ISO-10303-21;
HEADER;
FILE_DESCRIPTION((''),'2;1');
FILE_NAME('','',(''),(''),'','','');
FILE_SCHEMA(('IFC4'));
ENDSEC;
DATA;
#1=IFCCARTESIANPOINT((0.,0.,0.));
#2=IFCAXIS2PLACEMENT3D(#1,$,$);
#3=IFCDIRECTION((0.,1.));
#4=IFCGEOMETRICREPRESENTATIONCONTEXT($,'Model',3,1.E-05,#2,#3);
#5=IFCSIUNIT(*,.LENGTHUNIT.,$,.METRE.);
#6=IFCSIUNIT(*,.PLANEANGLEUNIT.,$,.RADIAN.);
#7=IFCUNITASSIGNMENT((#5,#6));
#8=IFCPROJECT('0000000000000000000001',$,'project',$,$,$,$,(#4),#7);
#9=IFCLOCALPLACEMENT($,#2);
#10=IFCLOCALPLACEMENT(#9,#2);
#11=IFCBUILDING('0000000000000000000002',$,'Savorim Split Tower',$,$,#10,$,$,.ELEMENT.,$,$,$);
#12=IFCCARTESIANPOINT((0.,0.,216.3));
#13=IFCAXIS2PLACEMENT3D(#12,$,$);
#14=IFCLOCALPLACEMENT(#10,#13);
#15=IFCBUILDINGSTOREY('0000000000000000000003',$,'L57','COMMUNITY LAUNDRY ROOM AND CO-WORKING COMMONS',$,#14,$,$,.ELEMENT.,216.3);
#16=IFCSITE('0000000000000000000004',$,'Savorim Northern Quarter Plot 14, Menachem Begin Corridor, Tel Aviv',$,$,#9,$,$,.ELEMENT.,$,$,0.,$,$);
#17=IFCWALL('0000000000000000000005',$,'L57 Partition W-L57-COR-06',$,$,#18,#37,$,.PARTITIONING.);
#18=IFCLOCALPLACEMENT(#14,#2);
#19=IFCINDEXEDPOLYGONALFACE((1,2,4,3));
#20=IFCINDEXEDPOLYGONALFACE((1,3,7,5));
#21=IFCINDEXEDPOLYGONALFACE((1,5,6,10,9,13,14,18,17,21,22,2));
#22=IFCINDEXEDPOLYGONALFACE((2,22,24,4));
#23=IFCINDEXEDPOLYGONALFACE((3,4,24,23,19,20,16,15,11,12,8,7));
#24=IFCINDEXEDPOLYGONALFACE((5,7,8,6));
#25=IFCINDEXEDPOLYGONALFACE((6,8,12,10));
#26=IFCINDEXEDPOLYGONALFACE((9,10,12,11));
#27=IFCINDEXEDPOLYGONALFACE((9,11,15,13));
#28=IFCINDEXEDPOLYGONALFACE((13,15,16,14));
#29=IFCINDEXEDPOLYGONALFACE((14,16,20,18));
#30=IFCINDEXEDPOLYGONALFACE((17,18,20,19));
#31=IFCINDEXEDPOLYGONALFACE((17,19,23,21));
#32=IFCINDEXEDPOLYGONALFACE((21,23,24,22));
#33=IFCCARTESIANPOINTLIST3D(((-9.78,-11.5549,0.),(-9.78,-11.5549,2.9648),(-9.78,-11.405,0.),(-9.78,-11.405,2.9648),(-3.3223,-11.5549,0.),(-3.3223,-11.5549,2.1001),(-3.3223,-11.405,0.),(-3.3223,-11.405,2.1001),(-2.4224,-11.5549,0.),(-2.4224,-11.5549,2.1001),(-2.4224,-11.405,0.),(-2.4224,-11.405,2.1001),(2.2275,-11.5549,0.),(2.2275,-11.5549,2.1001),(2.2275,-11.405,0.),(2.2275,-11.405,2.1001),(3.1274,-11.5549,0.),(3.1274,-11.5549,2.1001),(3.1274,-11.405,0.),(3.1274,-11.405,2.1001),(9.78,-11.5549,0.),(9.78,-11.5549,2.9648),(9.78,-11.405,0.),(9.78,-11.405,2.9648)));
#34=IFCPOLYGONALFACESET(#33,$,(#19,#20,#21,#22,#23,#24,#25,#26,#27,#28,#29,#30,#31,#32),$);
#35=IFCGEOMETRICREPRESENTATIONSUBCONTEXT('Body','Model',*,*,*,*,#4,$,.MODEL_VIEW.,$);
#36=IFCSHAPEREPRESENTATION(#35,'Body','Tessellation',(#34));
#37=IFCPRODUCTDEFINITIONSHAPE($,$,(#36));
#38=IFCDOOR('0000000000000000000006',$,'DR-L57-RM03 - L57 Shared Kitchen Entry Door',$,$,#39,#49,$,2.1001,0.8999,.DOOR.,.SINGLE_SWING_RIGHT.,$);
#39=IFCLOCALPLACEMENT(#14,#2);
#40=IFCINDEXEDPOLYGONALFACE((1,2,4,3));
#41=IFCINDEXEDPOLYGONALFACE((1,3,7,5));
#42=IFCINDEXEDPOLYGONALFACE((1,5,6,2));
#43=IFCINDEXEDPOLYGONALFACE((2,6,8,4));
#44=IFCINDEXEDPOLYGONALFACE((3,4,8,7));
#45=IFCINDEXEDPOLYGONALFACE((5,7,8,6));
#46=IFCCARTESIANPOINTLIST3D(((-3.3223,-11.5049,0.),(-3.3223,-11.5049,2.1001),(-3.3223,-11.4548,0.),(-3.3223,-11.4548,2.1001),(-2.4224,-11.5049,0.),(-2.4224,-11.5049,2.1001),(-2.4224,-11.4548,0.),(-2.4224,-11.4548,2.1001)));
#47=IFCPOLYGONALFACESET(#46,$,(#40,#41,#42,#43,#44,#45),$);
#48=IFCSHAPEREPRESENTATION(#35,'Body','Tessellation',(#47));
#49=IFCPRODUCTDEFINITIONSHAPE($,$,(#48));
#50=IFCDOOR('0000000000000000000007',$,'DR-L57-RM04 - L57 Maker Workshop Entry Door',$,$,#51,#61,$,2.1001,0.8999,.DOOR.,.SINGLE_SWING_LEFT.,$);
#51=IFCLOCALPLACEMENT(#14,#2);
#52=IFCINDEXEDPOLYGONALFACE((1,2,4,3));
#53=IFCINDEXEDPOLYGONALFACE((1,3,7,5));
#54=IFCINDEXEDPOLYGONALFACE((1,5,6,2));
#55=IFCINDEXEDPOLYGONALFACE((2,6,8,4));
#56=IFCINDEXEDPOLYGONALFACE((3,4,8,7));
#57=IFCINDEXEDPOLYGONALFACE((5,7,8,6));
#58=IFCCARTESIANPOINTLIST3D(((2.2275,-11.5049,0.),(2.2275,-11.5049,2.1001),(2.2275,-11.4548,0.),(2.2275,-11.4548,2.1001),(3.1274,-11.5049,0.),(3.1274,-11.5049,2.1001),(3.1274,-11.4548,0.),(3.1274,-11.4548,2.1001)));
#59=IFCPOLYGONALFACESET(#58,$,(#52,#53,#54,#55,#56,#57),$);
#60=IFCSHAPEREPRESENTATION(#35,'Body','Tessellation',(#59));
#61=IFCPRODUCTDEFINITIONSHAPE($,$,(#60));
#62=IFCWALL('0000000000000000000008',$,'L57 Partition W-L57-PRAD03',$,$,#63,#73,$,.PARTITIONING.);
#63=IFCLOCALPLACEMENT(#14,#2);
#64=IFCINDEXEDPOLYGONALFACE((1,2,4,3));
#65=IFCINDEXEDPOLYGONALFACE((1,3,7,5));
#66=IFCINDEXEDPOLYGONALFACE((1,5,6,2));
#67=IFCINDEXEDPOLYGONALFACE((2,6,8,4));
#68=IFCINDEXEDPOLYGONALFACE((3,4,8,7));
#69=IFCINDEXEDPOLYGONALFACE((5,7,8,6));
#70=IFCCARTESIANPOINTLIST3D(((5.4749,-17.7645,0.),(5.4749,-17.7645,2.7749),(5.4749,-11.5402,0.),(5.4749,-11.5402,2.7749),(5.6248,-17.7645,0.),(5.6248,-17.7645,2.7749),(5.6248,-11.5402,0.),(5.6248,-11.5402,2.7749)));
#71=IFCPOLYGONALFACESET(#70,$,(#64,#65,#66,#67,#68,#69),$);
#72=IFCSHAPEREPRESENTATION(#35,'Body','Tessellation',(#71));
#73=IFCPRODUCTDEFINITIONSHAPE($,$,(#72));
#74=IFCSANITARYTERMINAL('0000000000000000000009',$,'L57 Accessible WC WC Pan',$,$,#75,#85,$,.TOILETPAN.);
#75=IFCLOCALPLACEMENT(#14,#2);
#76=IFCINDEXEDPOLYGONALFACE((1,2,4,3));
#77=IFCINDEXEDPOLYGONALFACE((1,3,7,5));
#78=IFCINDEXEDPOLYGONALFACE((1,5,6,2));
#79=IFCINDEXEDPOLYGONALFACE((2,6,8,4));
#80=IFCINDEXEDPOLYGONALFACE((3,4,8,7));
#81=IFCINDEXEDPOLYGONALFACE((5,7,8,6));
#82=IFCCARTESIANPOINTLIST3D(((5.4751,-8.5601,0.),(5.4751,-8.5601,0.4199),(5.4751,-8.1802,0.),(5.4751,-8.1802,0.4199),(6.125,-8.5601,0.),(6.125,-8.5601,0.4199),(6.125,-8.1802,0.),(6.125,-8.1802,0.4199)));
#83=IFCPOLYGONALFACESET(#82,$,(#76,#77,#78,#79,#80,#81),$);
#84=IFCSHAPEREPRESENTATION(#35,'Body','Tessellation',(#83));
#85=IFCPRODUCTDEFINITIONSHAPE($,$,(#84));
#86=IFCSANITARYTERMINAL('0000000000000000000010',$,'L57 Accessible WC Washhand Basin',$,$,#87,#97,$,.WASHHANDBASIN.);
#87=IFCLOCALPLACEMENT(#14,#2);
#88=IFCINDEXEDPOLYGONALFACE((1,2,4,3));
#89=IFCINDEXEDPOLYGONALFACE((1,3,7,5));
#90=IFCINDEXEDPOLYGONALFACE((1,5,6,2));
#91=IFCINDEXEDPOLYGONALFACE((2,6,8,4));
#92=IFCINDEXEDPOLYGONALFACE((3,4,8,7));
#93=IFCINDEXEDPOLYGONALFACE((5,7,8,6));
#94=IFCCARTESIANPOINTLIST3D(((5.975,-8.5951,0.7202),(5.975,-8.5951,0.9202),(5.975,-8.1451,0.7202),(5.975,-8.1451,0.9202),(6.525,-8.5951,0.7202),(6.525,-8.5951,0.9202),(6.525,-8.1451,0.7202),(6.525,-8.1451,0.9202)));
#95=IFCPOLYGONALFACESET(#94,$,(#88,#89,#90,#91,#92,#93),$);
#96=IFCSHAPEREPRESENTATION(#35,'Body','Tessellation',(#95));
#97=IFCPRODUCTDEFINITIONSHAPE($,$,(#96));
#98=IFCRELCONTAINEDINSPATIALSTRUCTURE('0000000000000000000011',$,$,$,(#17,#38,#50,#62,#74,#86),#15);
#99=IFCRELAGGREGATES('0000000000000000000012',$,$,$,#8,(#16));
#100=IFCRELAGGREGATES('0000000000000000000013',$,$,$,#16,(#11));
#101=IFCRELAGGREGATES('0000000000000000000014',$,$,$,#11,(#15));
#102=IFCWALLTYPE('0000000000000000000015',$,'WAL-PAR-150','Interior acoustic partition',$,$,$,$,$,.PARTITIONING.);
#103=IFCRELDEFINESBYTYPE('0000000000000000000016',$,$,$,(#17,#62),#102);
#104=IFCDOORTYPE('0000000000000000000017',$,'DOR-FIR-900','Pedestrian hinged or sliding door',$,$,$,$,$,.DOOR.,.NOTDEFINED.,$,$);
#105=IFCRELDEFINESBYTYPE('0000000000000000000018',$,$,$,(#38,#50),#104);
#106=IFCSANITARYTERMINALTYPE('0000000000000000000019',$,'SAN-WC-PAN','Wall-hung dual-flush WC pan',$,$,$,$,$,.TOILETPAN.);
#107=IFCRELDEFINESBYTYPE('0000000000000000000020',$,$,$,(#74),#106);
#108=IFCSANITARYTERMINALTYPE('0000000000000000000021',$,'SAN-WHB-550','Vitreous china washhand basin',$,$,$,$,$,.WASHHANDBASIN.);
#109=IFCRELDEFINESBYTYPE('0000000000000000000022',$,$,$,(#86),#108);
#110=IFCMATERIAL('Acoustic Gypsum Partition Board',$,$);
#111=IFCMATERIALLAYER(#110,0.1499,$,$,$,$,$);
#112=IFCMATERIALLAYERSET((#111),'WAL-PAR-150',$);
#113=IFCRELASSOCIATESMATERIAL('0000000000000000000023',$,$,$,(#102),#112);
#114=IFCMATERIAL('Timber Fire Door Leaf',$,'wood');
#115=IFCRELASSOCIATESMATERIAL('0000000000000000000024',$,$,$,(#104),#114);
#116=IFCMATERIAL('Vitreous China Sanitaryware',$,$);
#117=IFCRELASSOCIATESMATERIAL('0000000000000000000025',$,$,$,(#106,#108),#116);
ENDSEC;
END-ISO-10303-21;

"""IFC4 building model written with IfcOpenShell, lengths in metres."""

from ifc_helpers import new_model, si_unit, direction, frame, frame_2d, origin, origin_2d, place, context, subcontext, project, spatial, rectangle, extrude, material, layer, layer_set, type_object, element, fill, save


model = new_model("IFC4")

# Units and contexts
model_context = context("Model", 3, precision=1e-05, world=origin(), true_north=direction((0.0, 1.0)))
body_context = subcontext(model_context, "Body", "Model", "MODEL_VIEW")
ifc_project = project(units=[si_unit("LENGTHUNIT", "METRE"), si_unit("PLANEANGLEUNIT", "RADIAN")], contexts=[model_context])

# Site, building, storey
site_placement = place(None, origin())
site = spatial("IfcSite", under=ifc_project, at=site_placement, Name="Savorim Northern Quarter Plot 14, Menachem Begin Corridor, Tel Aviv", CompositionType="ELEMENT", RefElevation=0.0)
building_placement = place(site_placement, origin())
building = spatial("IfcBuilding", under=site, at=building_placement, Name="Savorim Split Tower", CompositionType="ELEMENT")
storey_placement = place(building_placement, frame((0.0, 0.0, 216.3)))
storey = spatial("IfcBuildingStorey", under=building, at=storey_placement, Name="L57", Description="COMMUNITY LAUNDRY ROOM AND CO-WORKING COMMONS", CompositionType="ELEMENT", Elevation=216.3)

# Shared definitions
ifc_material_1 = material(Name="Timber Fire Door Leaf", Category="wood")

# Shared definitions
ifc_material_2 = material(Name="Acoustic Gypsum Partition Board")
ifc_layer_1 = layer(ifc_material_2, 0.1499)
ifc_layer_set_1 = layer_set([ifc_layer_1], Name="WAL-PAR-150")
wall_type_1 = type_object("IfcWallType", Name="WAL-PAR-150", Description="Interior acoustic partition", PredefinedType="PARTITIONING", material=ifc_layer_set_1)
door_type_1 = type_object("IfcDoorType", Name="DOR-FIR-900", Description="Pedestrian hinged or sliding door", OperationType="NOTDEFINED", PredefinedType="DOOR", material=ifc_material_1)

# Wall, openings, doors
wall_1_placement = place(storey_placement, frame((9.78, -11.48, 0.0), z_axis=(0.0, 0.0, 1.0), x_axis=(-1.0, 0.0, 0.0)))
wall_1 = element("IfcWall", 1, at=wall_1_placement, inside=storey, type_object=wall_type_1, Name="L57 Partition W-L57-COR-06", PredefinedType="PARTITIONING", context=body_context, shape_type="SweptSolid", body=[
    extrude(rectangle(XDim=19.5601, YDim=0.1499, at=frame_2d((9.78, 0.0))), origin(), (0.0, 0.0, 1.0), 2.9648),
])
opening_1_placement = place(wall_1_placement, frame((12.2024, 0.0, 0.0)))
opening_1 = element("IfcOpeningElement", 2, at=opening_1_placement, cuts=wall_1, PredefinedType="OPENING", context=body_context, shape_type="SweptSolid", body=[
    extrude(rectangle(XDim=0.8999, YDim=2.1001, at=frame_2d((0.45, 1.05))), frame((0.0, 0.085, 0.0), z_axis=(0.0, -1.0, 0.0), x_axis=(1.0, 0.0, 0.0)), (0.0, 0.0, 1.0), 0.1699),
])
opening_2_placement = place(wall_1_placement, frame((6.6526, 0.0, 0.0)))
opening_2 = element("IfcOpeningElement", 3, at=opening_2_placement, cuts=wall_1, PredefinedType="OPENING", context=body_context, shape_type="SweptSolid", body=[
    extrude(rectangle(XDim=0.8999, YDim=2.1001, at=frame_2d((0.45, 1.05))), frame((0.0, 0.085, 0.0), z_axis=(0.0, -1.0, 0.0), x_axis=(1.0, 0.0, 0.0)), (0.0, 0.0, 1.0), 0.1699),
])
door_1_placement = place(opening_1_placement, origin())
door_1 = element("IfcDoor", 4, at=door_1_placement, inside=storey, type_object=door_type_1, Name="DR-L57-RM03 - L57 Shared Kitchen Entry Door", OperationType="SINGLE_SWING_RIGHT", OverallHeight=2.1001, OverallWidth=0.8999, PredefinedType="DOOR", context=body_context, shape_type="SweptSolid", body=[
    extrude(rectangle(XDim=0.8999, YDim=2.1001, at=frame_2d((0.45, 1.05))), frame((0.0, 0.0249, 0.0), z_axis=(0.0, -1.0, 0.0), x_axis=(1.0, 0.0, 0.0)), (0.0, 0.0, 1.0), 0.05),
])
fill(opening_1, door_1)
door_2_placement = place(opening_2_placement, origin())
door_2 = element("IfcDoor", 5, at=door_2_placement, inside=storey, type_object=door_type_1, Name="DR-L57-RM04 - L57 Maker Workshop Entry Door", OperationType="SINGLE_SWING_LEFT", OverallHeight=2.1001, OverallWidth=0.8999, PredefinedType="DOOR", context=body_context, shape_type="SweptSolid", body=[
    extrude(rectangle(XDim=0.8999, YDim=2.1001, at=frame_2d((0.45, 1.05))), frame((0.0, 0.0249, 0.0), z_axis=(0.0, -1.0, 0.0), x_axis=(1.0, 0.0, 0.0)), (0.0, 0.0, 1.0), 0.05),
])
fill(opening_2, door_2)

# Wall
wall_2_placement = place(storey_placement, frame((5.5498, -11.54, 0.0), z_axis=(0.0, 0.0, 1.0), x_axis=(0.0, -1.0, 0.0)))
element("IfcWall", 6, at=wall_2_placement, inside=storey, type_object=wall_type_1, Name="L57 Partition W-L57-PRAD03", PredefinedType="PARTITIONING", context=body_context, shape_type="SweptSolid", body=[
    extrude(rectangle(XDim=6.2244, YDim=0.1499, at=frame_2d((3.1123, 0.0))), origin(), (0.0, 0.0, 1.0), 2.7749),
])

# Sanitary terminals
ifc_material_3 = material(Name="Vitreous China Sanitaryware")
sanitary_terminal_type_1 = type_object("IfcSanitaryTerminalType", Name="SAN-WC-PAN", Description="Wall-hung dual-flush WC pan", PredefinedType="TOILETPAN", material=ifc_material_3)
sanitary_terminal_1_placement = place(storey_placement, frame((5.8, -8.3701, 0.0), z_axis=(0.0, 0.0, 1.0), x_axis=(1.0, 0.0, 0.0)))
element("IfcSanitaryTerminal", 7, at=sanitary_terminal_1_placement, inside=storey, type_object=sanitary_terminal_type_1, Name="L57 Accessible WC WC Pan", PredefinedType="TOILETPAN", context=body_context, shape_type="SweptSolid", body=[
    extrude(rectangle(XDim=0.6499, YDim=0.3799, at=origin_2d()), origin(), (0.0, 0.0, 1.0), 0.4199),
])
sanitary_terminal_type_2 = type_object("IfcSanitaryTerminalType", Name="SAN-WHB-550", Description="Vitreous china washhand basin", PredefinedType="WASHHANDBASIN", material=ifc_material_3)
sanitary_terminal_2_placement = place(storey_placement, frame((6.25, -8.3701, 0.7202), z_axis=(0.0, 0.0, 1.0), x_axis=(1.0, 0.0, 0.0)))
element("IfcSanitaryTerminal", 8, at=sanitary_terminal_2_placement, inside=storey, type_object=sanitary_terminal_type_2, Name="L57 Accessible WC Washhand Basin", PredefinedType="WASHHANDBASIN", context=body_context, shape_type="SweptSolid", body=[
    extrude(rectangle(XDim=0.55, YDim=0.45, at=origin_2d()), origin(), (0.0, 0.0, 1.0), 0.2),
])

save(model, "model.ifc")
